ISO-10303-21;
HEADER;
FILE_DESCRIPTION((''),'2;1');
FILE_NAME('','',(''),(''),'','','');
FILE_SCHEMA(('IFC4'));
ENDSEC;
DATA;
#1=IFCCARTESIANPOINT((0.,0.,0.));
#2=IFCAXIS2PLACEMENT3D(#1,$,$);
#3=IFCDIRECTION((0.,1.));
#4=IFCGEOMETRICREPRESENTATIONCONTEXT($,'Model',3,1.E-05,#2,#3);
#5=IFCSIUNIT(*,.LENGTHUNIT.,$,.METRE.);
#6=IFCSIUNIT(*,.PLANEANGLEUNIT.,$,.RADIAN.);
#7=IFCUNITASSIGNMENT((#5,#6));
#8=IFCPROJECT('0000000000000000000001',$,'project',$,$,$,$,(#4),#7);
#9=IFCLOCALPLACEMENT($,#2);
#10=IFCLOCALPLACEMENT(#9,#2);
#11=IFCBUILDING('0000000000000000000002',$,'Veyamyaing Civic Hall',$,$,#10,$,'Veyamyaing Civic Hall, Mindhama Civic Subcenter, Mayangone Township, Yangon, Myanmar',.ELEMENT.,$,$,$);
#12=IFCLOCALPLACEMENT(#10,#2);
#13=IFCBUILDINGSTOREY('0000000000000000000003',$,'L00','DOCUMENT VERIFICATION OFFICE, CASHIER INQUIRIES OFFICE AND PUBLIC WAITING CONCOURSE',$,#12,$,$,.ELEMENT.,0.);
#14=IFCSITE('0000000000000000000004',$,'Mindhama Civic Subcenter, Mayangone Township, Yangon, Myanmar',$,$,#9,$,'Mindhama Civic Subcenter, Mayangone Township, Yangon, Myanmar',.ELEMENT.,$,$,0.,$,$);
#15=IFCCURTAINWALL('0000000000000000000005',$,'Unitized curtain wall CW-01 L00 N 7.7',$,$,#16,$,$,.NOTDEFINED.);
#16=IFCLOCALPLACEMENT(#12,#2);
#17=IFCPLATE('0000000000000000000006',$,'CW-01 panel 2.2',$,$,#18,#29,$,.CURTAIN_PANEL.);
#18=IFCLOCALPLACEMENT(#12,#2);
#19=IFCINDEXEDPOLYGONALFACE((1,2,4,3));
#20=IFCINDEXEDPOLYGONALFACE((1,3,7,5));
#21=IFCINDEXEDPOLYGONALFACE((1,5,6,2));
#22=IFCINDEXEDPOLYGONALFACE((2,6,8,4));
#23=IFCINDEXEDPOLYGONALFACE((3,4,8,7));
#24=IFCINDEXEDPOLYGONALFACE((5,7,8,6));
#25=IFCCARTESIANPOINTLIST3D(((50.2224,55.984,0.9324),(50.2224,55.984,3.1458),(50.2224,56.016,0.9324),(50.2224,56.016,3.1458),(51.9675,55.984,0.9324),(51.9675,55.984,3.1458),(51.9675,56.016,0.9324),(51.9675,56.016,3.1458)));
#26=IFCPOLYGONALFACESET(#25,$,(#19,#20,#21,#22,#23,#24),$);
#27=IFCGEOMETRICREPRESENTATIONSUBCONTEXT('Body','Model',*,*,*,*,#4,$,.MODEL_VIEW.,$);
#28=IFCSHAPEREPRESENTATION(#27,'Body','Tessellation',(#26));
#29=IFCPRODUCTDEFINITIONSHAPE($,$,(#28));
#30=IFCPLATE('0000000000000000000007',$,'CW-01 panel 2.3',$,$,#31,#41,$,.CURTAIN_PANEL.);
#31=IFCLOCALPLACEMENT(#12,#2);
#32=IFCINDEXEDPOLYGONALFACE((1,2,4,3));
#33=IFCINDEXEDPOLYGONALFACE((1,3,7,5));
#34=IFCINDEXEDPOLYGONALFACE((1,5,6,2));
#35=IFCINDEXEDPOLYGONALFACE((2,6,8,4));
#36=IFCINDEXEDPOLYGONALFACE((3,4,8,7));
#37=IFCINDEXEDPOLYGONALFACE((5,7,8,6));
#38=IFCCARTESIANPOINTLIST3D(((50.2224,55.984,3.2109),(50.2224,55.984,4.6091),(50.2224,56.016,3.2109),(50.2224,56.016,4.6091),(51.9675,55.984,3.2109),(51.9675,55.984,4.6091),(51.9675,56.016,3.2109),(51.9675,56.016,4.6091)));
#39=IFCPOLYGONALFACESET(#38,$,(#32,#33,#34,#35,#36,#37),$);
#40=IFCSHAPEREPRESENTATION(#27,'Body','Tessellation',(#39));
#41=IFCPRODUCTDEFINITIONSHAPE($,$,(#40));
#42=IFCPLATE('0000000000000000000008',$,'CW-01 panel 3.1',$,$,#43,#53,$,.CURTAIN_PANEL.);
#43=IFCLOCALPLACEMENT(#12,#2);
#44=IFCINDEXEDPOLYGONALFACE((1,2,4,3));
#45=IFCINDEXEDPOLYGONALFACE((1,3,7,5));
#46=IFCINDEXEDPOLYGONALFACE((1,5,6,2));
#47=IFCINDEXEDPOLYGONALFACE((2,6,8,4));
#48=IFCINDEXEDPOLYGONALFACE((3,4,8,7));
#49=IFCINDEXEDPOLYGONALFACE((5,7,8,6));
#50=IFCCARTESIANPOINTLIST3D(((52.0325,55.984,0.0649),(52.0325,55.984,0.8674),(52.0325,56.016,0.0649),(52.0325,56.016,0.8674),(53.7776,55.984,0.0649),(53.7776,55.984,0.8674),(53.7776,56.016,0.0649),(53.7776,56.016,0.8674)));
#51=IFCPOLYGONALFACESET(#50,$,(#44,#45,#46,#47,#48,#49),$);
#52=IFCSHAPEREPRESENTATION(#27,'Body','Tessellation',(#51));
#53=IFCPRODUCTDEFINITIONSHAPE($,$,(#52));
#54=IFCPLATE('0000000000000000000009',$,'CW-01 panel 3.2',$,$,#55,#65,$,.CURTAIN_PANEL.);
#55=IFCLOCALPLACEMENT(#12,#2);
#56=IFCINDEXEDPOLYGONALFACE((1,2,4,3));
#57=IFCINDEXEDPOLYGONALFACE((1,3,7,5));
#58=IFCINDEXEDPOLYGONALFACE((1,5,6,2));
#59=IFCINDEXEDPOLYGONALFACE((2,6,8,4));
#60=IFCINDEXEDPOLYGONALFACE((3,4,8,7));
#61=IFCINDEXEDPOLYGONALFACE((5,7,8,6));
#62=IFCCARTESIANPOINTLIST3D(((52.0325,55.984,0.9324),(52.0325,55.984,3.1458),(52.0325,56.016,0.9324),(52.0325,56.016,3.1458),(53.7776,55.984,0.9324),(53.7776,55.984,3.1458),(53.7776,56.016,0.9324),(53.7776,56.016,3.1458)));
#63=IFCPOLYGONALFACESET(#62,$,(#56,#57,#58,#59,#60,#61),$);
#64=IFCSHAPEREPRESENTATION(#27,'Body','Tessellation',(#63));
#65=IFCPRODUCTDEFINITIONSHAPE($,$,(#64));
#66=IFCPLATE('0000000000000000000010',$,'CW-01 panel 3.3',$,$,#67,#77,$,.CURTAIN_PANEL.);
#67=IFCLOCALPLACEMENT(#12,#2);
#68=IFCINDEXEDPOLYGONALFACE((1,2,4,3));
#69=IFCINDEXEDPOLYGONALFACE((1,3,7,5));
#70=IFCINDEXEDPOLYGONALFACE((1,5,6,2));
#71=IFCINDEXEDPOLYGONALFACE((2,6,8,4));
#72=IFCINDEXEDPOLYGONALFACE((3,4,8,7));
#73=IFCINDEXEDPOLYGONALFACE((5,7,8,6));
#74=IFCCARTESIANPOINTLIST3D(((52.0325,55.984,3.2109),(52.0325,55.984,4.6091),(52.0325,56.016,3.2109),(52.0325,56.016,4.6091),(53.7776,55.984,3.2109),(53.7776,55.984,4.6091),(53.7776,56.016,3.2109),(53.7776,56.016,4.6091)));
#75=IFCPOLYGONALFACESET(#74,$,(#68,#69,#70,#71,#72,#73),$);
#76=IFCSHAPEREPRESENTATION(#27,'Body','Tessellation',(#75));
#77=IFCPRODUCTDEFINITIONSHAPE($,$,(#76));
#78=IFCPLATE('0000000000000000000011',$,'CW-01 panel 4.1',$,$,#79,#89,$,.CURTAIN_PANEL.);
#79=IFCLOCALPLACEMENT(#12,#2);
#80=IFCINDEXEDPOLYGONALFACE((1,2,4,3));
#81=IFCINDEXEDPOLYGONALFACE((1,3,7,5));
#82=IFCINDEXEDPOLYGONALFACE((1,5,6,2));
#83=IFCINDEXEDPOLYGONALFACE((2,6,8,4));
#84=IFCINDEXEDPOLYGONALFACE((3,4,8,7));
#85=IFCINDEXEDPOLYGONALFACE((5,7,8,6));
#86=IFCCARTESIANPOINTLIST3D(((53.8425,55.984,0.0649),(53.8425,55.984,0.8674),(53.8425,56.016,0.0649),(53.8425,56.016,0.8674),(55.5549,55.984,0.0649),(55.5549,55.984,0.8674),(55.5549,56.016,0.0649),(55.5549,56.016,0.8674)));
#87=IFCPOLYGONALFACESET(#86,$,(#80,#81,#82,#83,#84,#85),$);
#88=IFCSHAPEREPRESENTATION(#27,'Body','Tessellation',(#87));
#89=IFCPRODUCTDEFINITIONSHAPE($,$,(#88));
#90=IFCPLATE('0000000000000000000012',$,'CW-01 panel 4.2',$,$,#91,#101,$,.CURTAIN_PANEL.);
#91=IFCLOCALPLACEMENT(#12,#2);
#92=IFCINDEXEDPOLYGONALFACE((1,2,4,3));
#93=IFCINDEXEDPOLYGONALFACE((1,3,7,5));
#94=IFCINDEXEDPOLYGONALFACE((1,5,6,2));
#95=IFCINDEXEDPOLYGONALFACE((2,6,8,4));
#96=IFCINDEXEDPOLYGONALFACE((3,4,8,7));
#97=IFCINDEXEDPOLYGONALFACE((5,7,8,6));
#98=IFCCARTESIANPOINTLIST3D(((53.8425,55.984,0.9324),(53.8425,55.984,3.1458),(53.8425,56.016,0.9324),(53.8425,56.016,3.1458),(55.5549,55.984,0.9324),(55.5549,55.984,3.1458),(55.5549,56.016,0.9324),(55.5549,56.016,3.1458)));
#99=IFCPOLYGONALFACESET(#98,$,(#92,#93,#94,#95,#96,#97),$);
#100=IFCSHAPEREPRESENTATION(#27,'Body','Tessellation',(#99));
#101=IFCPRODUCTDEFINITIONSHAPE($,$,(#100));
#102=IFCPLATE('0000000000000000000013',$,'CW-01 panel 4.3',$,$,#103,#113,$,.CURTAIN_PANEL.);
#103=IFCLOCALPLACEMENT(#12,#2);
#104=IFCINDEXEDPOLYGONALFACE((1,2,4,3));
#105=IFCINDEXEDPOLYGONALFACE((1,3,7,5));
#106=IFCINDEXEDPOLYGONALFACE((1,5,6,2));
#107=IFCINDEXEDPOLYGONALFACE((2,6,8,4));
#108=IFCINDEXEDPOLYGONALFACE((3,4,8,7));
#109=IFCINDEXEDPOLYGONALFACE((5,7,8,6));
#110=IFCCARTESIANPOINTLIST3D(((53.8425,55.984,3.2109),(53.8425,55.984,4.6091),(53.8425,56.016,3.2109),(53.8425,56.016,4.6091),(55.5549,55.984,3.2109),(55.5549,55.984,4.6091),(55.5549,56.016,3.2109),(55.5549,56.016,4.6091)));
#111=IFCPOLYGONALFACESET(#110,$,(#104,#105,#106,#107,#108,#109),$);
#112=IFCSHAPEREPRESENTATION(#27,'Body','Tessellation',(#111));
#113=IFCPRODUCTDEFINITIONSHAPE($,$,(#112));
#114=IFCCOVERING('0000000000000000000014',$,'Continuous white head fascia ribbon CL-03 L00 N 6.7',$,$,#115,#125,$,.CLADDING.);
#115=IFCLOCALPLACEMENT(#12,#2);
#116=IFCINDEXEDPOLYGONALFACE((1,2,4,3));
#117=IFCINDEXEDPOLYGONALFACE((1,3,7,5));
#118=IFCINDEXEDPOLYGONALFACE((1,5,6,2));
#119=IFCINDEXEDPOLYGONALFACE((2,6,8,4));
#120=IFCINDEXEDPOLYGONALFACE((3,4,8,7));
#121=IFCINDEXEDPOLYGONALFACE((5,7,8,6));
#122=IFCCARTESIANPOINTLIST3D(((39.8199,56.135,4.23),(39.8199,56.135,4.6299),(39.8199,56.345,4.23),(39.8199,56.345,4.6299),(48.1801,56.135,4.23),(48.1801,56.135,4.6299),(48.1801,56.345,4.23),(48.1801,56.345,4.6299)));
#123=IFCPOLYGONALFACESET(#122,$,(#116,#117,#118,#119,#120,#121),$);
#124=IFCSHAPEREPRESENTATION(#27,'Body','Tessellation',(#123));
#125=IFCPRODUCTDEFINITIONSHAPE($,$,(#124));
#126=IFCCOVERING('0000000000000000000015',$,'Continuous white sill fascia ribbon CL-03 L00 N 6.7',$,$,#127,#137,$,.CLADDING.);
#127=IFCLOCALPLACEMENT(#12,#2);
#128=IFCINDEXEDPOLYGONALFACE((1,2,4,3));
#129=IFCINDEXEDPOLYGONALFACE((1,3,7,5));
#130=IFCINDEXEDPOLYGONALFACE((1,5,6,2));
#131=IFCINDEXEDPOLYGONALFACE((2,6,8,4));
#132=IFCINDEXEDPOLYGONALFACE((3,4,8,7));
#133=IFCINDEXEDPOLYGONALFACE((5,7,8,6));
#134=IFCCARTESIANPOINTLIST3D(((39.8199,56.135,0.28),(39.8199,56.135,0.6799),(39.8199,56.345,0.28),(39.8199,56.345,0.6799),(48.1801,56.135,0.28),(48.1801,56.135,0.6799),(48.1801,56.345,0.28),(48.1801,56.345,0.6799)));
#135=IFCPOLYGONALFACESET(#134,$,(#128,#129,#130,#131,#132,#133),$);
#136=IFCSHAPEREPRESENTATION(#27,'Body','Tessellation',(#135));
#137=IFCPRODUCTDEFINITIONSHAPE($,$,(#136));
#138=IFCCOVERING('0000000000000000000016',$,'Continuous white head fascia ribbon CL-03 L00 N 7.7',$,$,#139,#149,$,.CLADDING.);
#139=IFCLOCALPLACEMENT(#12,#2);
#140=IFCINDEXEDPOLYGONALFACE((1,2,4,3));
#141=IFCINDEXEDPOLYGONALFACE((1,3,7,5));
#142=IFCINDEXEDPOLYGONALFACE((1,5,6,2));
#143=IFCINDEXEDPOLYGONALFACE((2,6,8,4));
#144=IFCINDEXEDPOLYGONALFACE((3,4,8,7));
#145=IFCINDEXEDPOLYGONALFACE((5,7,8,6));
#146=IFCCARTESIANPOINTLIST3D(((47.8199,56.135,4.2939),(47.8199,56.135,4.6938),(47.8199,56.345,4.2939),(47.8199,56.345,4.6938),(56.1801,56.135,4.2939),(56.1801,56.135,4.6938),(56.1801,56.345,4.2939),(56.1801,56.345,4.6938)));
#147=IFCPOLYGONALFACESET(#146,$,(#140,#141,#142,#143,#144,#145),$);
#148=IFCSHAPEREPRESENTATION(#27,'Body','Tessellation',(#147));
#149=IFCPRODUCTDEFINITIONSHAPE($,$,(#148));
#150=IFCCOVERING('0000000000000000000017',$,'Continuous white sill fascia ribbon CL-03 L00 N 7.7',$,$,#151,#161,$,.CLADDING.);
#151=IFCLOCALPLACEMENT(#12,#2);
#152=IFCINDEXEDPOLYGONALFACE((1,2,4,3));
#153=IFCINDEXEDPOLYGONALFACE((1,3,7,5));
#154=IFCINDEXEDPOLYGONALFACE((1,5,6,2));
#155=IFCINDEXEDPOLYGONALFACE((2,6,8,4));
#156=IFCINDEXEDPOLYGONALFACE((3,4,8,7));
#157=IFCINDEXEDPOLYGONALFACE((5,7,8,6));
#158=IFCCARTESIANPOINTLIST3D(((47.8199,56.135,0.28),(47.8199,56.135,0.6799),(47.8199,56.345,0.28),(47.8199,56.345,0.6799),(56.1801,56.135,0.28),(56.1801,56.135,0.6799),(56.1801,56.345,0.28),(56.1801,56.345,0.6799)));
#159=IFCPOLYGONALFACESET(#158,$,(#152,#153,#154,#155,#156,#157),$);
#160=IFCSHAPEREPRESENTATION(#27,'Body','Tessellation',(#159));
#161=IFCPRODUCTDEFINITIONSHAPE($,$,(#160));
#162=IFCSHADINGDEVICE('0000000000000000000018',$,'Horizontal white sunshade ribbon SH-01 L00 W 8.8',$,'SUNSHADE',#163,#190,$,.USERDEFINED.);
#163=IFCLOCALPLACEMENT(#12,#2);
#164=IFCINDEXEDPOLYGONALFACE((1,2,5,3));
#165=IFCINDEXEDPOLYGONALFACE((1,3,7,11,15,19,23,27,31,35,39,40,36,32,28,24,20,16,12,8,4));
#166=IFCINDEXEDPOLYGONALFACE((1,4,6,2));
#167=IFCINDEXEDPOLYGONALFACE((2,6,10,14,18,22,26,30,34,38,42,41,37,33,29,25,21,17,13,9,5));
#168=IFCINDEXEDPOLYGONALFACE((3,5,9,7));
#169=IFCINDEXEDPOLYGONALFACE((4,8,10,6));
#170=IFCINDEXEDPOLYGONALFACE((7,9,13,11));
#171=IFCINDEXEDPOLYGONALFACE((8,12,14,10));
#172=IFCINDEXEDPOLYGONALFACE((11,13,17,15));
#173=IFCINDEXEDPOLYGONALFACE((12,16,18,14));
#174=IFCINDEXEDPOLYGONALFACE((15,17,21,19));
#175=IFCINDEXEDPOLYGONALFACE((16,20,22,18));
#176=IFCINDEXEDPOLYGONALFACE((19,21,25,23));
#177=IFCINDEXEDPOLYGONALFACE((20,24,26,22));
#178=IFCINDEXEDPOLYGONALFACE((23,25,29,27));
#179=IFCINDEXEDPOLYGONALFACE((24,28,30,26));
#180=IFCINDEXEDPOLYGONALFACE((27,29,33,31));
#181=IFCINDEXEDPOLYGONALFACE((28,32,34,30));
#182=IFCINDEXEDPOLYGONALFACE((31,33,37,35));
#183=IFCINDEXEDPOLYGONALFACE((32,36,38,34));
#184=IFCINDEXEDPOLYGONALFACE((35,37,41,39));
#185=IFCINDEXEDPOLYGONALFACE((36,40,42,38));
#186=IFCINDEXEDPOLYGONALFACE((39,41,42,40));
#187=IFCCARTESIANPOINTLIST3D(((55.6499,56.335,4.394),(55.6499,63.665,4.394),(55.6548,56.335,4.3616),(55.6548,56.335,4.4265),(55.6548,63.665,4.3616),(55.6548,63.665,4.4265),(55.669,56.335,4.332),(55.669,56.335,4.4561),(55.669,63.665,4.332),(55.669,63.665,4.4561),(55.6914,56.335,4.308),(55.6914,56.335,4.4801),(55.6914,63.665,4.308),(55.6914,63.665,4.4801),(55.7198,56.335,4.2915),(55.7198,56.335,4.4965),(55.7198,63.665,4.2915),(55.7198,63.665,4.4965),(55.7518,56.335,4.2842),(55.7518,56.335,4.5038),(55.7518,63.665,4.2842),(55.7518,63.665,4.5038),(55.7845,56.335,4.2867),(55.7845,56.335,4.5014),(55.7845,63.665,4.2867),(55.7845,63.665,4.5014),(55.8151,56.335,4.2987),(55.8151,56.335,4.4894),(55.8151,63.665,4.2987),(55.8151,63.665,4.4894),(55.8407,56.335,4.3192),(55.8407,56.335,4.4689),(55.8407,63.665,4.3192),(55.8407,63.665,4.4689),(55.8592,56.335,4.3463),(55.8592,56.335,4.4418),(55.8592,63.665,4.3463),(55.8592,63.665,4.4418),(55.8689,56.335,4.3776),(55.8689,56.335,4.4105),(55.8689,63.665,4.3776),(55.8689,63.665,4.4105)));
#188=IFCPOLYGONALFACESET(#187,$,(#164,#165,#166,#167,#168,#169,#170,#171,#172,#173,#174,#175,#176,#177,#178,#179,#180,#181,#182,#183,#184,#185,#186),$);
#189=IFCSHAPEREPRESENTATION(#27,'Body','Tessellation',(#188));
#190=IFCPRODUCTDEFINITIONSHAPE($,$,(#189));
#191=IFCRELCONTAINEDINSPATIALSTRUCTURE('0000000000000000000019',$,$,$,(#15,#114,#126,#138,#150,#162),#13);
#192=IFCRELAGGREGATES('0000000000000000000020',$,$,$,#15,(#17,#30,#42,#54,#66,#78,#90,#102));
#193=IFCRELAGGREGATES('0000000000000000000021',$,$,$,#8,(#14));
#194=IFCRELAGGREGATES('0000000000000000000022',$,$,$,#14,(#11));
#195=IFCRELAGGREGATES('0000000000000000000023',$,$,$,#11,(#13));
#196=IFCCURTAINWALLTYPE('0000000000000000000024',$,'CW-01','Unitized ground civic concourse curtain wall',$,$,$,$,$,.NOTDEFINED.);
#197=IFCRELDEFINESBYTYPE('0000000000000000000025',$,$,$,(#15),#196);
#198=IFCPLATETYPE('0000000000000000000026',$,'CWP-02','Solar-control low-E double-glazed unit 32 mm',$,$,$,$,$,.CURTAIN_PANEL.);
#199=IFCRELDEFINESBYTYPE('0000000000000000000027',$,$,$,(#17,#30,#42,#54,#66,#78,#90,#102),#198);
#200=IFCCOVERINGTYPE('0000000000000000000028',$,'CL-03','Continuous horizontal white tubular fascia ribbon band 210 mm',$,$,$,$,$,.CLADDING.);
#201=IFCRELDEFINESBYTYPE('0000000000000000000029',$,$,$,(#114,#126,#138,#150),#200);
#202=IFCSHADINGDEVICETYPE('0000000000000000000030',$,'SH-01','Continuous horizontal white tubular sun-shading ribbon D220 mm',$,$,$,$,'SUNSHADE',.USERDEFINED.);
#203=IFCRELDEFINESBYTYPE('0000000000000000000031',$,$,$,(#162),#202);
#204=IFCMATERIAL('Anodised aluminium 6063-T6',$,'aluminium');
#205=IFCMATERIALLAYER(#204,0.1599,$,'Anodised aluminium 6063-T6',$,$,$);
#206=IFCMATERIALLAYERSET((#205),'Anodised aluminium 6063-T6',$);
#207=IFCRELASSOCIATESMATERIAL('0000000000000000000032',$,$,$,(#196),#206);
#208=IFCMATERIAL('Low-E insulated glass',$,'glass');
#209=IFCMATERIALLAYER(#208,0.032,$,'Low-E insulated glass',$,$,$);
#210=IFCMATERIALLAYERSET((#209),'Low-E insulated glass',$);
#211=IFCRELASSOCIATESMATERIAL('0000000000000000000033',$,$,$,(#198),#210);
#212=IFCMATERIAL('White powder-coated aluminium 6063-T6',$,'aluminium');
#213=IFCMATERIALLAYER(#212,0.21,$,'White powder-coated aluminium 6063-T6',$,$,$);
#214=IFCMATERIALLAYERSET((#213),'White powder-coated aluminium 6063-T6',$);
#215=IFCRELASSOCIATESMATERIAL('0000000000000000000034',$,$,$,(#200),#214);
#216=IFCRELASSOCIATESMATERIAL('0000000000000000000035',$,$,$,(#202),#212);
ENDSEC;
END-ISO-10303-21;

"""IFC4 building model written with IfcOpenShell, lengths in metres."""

from ifc_helpers import new_model, si_unit, direction, frame, origin, origin_2d, place, context, subcontext, project, spatial, rectangle, circle, extrude, material, layer, layer_set, material_profile, profile_set, type_object, element, aggregate, save


model = new_model("IFC4")

# Units and contexts
model_context = context("Model", 3, precision=1e-05, world=origin(), true_north=direction((0.0, 1.0)))
body_context = subcontext(model_context, "Body", "Model", "MODEL_VIEW")
ifc_project = project(units=[si_unit("LENGTHUNIT", "METRE"), si_unit("PLANEANGLEUNIT", "RADIAN")], contexts=[model_context])

# Site, building, storey
site_placement = place(None, origin())
site = spatial("IfcSite", under=ifc_project, at=site_placement, Name="Mindhama Civic Subcenter, Mayangone Township, Yangon, Myanmar", LongName="Mindhama Civic Subcenter, Mayangone Township, Yangon, Myanmar", CompositionType="ELEMENT", RefElevation=0.0)
building_placement = place(site_placement, origin())
building = spatial("IfcBuilding", under=site, at=building_placement, Name="Veyamyaing Civic Hall", LongName="Veyamyaing Civic Hall, Mindhama Civic Subcenter, Mayangone Township, Yangon, Myanmar", CompositionType="ELEMENT")
storey_placement = place(building_placement, origin())
storey = spatial("IfcBuildingStorey", under=building, at=storey_placement, Name="L00", Description="DOCUMENT VERIFICATION OFFICE, CASHIER INQUIRIES OFFICE AND PUBLIC WAITING CONCOURSE", CompositionType="ELEMENT", Elevation=0.0)

# Curtain wall, plates
ifc_material_1 = material(Name="Anodised aluminium 6063-T6", Category="aluminium")
ifc_layer_1 = layer(ifc_material_1, 0.1599, Name="Anodised aluminium 6063-T6")
ifc_layer_set_1 = layer_set([ifc_layer_1], Name="Anodised aluminium 6063-T6")
curtain_wall_type = type_object("IfcCurtainWallType", Name="CW-01", Description="Unitized ground civic concourse curtain wall", PredefinedType="NOTDEFINED", material=ifc_layer_set_1)
curtain_wall_placement = place(storey_placement, origin())
curtain_wall = element("IfcCurtainWall", 1, at=curtain_wall_placement, inside=storey, type_object=curtain_wall_type, Name="Unitized curtain wall CW-01 L00 N 7.7", PredefinedType="NOTDEFINED")
ifc_material_2 = material(Name="Low-E insulated glass", Category="glass")
ifc_layer_2 = layer(ifc_material_2, 0.032, Name="Low-E insulated glass")
ifc_layer_set_2 = layer_set([ifc_layer_2], Name="Low-E insulated glass")
plate_type = type_object("IfcPlateType", Name="CWP-02", Description="Solar-control low-E double-glazed unit 32 mm", PredefinedType="CURTAIN_PANEL", material=ifc_layer_set_2)
plate_1_placement = place(storey_placement, frame((51.095, 56.0, 0.9324), z_axis=(0.0, 0.0, 1.0), x_axis=(1.0, 0.0, 0.0)))
plate_1 = element("IfcPlate", 2, at=plate_1_placement, type_object=plate_type, Name="CW-01 panel 2.2", PredefinedType="CURTAIN_PANEL", context=body_context, shape_type="SweptSolid", body=[
    extrude(rectangle(XDim=1.7451, YDim=0.032, at=origin_2d()), origin(), (0.0, 0.0, 1.0), 2.2134),
])
plate_2_placement = place(storey_placement, frame((51.095, 56.0, 3.2109), z_axis=(0.0, 0.0, 1.0), x_axis=(1.0, 0.0, 0.0)))
plate_2 = element("IfcPlate", 3, at=plate_2_placement, type_object=plate_type, Name="CW-01 panel 2.3", PredefinedType="CURTAIN_PANEL", context=body_context, shape_type="SweptSolid", body=[
    extrude(rectangle(XDim=1.7451, YDim=0.032, at=origin_2d()), origin(), (0.0, 0.0, 1.0), 1.3982),
])
plate_3_placement = place(storey_placement, frame((52.905, 56.0, 0.0649), z_axis=(0.0, 0.0, 1.0), x_axis=(1.0, 0.0, 0.0)))
plate_3 = element("IfcPlate", 4, at=plate_3_placement, type_object=plate_type, Name="CW-01 panel 3.1", PredefinedType="CURTAIN_PANEL", context=body_context, shape_type="SweptSolid", body=[
    extrude(rectangle(XDim=1.7451, YDim=0.032, at=origin_2d()), origin(), (0.0, 0.0, 1.0), 0.8025),
])
plate_4_placement = place(storey_placement, frame((52.905, 56.0, 0.9324), z_axis=(0.0, 0.0, 1.0), x_axis=(1.0, 0.0, 0.0)))
plate_4 = element("IfcPlate", 5, at=plate_4_placement, type_object=plate_type, Name="CW-01 panel 3.2", PredefinedType="CURTAIN_PANEL", context=body_context, shape_type="SweptSolid", body=[
    extrude(rectangle(XDim=1.7451, YDim=0.032, at=origin_2d()), origin(), (0.0, 0.0, 1.0), 2.2134),
])
plate_5_placement = place(storey_placement, frame((52.905, 56.0, 3.2109), z_axis=(0.0, 0.0, 1.0), x_axis=(1.0, 0.0, 0.0)))
plate_5 = element("IfcPlate", 6, at=plate_5_placement, type_object=plate_type, Name="CW-01 panel 3.3", PredefinedType="CURTAIN_PANEL", context=body_context, shape_type="SweptSolid", body=[
    extrude(rectangle(XDim=1.7451, YDim=0.032, at=origin_2d()), origin(), (0.0, 0.0, 1.0), 1.3982),
])
plate_6_placement = place(storey_placement, frame((54.6987, 56.0, 0.0649), z_axis=(0.0, 0.0, 1.0), x_axis=(1.0, 0.0, 0.0)))
plate_6 = element("IfcPlate", 7, at=plate_6_placement, type_object=plate_type, Name="CW-01 panel 4.1", PredefinedType="CURTAIN_PANEL", context=body_context, shape_type="SweptSolid", body=[
    extrude(rectangle(XDim=1.7124, YDim=0.032, at=origin_2d()), origin(), (0.0, 0.0, 1.0), 0.8025),
])
plate_7_placement = place(storey_placement, frame((54.6987, 56.0, 0.9324), z_axis=(0.0, 0.0, 1.0), x_axis=(1.0, 0.0, 0.0)))
plate_7 = element("IfcPlate", 8, at=plate_7_placement, type_object=plate_type, Name="CW-01 panel 4.2", PredefinedType="CURTAIN_PANEL", context=body_context, shape_type="SweptSolid", body=[
    extrude(rectangle(XDim=1.7124, YDim=0.032, at=origin_2d()), origin(), (0.0, 0.0, 1.0), 2.2134),
])
plate_8_placement = place(storey_placement, frame((54.6987, 56.0, 3.2109), z_axis=(0.0, 0.0, 1.0), x_axis=(1.0, 0.0, 0.0)))
plate_8 = element("IfcPlate", 9, at=plate_8_placement, type_object=plate_type, Name="CW-01 panel 4.3", PredefinedType="CURTAIN_PANEL", context=body_context, shape_type="SweptSolid", body=[
    extrude(rectangle(XDim=1.7124, YDim=0.032, at=origin_2d()), origin(), (0.0, 0.0, 1.0), 1.3982),
])
aggregate(curtain_wall, [plate_1, plate_2, plate_3, plate_4, plate_5, plate_6, plate_7, plate_8])

# Coverings
ifc_material_3 = material(Name="White powder-coated aluminium 6063-T6", Category="aluminium")
ifc_layer_3 = layer(ifc_material_3, 0.21, Name="White powder-coated aluminium 6063-T6")
ifc_layer_set_3 = layer_set([ifc_layer_3], Name="White powder-coated aluminium 6063-T6")
covering_type = type_object("IfcCoveringType", Name="CL-03", Description="Continuous horizontal white tubular fascia ribbon band 210 mm", PredefinedType="CLADDING", material=ifc_layer_set_3)
for number, where, z_axis, x_axis, name in (
    (10, (44.0, 56.24, 4.23), (0.0, 0.0, 1.0), (1.0, 0.0, 0.0), "Continuous white head fascia ribbon CL-03 L00 N 6.7"),
    (11, (44.0, 56.24, 0.28), (0.0, 0.0, 1.0), (1.0, 0.0, 0.0), "Continuous white sill fascia ribbon CL-03 L00 N 6.7"),
    (12, (52.0, 56.24, 4.2939), (0.0, 0.0, 1.0), (1.0, 0.0, 0.0), "Continuous white head fascia ribbon CL-03 L00 N 7.7"),
    (13, (52.0, 56.24, 0.28), (0.0, 0.0, 1.0), (1.0, 0.0, 0.0), "Continuous white sill fascia ribbon CL-03 L00 N 7.7"),
):
    element("IfcCovering", number, at=place(storey_placement, frame(where, z_axis=z_axis, x_axis=x_axis)), inside=storey, type_object=covering_type, Name=name, PredefinedType="CLADDING", context=body_context, shape_type="SweptSolid", body=[
        extrude(rectangle(XDim=8.3601, YDim=0.21, at=origin_2d()), origin(), (0.0, 0.0, 1.0), 0.3999),
    ])

# Shading device
ifc_material_profile_1 = material_profile(ifc_material_3, circle(Radius=0.1101, at=origin_2d()), Name="SHADE-TUBE-220")
ifc_profile_set_1 = profile_set([ifc_material_profile_1], Name="White powder-coated aluminium 6063-T6")
shading_device_type_1 = type_object("IfcShadingDeviceType", Name="SH-01", Description="Continuous horizontal white tubular sun-shading ribbon D220 mm", ElementType="SUNSHADE", PredefinedType="USERDEFINED", material=ifc_profile_set_1)
shading_device_placement = place(storey_placement, frame((55.76, 56.335, 4.394), z_axis=(0.0, 1.0, 0.0), x_axis=(-1.0, 0.0, 0.0)))
element("IfcShadingDevice", 14, at=shading_device_placement, inside=storey, type_object=shading_device_type_1, Name="Horizontal white sunshade ribbon SH-01 L00 W 8.8", ObjectType="SUNSHADE", PredefinedType="USERDEFINED", context=body_context, shape_type="SweptSolid", body=[
    extrude(circle(Radius=0.1101, at=origin_2d()), origin(), (0.0, 0.0, 1.0), 7.3301),
])

save(model, "model.ifc")
